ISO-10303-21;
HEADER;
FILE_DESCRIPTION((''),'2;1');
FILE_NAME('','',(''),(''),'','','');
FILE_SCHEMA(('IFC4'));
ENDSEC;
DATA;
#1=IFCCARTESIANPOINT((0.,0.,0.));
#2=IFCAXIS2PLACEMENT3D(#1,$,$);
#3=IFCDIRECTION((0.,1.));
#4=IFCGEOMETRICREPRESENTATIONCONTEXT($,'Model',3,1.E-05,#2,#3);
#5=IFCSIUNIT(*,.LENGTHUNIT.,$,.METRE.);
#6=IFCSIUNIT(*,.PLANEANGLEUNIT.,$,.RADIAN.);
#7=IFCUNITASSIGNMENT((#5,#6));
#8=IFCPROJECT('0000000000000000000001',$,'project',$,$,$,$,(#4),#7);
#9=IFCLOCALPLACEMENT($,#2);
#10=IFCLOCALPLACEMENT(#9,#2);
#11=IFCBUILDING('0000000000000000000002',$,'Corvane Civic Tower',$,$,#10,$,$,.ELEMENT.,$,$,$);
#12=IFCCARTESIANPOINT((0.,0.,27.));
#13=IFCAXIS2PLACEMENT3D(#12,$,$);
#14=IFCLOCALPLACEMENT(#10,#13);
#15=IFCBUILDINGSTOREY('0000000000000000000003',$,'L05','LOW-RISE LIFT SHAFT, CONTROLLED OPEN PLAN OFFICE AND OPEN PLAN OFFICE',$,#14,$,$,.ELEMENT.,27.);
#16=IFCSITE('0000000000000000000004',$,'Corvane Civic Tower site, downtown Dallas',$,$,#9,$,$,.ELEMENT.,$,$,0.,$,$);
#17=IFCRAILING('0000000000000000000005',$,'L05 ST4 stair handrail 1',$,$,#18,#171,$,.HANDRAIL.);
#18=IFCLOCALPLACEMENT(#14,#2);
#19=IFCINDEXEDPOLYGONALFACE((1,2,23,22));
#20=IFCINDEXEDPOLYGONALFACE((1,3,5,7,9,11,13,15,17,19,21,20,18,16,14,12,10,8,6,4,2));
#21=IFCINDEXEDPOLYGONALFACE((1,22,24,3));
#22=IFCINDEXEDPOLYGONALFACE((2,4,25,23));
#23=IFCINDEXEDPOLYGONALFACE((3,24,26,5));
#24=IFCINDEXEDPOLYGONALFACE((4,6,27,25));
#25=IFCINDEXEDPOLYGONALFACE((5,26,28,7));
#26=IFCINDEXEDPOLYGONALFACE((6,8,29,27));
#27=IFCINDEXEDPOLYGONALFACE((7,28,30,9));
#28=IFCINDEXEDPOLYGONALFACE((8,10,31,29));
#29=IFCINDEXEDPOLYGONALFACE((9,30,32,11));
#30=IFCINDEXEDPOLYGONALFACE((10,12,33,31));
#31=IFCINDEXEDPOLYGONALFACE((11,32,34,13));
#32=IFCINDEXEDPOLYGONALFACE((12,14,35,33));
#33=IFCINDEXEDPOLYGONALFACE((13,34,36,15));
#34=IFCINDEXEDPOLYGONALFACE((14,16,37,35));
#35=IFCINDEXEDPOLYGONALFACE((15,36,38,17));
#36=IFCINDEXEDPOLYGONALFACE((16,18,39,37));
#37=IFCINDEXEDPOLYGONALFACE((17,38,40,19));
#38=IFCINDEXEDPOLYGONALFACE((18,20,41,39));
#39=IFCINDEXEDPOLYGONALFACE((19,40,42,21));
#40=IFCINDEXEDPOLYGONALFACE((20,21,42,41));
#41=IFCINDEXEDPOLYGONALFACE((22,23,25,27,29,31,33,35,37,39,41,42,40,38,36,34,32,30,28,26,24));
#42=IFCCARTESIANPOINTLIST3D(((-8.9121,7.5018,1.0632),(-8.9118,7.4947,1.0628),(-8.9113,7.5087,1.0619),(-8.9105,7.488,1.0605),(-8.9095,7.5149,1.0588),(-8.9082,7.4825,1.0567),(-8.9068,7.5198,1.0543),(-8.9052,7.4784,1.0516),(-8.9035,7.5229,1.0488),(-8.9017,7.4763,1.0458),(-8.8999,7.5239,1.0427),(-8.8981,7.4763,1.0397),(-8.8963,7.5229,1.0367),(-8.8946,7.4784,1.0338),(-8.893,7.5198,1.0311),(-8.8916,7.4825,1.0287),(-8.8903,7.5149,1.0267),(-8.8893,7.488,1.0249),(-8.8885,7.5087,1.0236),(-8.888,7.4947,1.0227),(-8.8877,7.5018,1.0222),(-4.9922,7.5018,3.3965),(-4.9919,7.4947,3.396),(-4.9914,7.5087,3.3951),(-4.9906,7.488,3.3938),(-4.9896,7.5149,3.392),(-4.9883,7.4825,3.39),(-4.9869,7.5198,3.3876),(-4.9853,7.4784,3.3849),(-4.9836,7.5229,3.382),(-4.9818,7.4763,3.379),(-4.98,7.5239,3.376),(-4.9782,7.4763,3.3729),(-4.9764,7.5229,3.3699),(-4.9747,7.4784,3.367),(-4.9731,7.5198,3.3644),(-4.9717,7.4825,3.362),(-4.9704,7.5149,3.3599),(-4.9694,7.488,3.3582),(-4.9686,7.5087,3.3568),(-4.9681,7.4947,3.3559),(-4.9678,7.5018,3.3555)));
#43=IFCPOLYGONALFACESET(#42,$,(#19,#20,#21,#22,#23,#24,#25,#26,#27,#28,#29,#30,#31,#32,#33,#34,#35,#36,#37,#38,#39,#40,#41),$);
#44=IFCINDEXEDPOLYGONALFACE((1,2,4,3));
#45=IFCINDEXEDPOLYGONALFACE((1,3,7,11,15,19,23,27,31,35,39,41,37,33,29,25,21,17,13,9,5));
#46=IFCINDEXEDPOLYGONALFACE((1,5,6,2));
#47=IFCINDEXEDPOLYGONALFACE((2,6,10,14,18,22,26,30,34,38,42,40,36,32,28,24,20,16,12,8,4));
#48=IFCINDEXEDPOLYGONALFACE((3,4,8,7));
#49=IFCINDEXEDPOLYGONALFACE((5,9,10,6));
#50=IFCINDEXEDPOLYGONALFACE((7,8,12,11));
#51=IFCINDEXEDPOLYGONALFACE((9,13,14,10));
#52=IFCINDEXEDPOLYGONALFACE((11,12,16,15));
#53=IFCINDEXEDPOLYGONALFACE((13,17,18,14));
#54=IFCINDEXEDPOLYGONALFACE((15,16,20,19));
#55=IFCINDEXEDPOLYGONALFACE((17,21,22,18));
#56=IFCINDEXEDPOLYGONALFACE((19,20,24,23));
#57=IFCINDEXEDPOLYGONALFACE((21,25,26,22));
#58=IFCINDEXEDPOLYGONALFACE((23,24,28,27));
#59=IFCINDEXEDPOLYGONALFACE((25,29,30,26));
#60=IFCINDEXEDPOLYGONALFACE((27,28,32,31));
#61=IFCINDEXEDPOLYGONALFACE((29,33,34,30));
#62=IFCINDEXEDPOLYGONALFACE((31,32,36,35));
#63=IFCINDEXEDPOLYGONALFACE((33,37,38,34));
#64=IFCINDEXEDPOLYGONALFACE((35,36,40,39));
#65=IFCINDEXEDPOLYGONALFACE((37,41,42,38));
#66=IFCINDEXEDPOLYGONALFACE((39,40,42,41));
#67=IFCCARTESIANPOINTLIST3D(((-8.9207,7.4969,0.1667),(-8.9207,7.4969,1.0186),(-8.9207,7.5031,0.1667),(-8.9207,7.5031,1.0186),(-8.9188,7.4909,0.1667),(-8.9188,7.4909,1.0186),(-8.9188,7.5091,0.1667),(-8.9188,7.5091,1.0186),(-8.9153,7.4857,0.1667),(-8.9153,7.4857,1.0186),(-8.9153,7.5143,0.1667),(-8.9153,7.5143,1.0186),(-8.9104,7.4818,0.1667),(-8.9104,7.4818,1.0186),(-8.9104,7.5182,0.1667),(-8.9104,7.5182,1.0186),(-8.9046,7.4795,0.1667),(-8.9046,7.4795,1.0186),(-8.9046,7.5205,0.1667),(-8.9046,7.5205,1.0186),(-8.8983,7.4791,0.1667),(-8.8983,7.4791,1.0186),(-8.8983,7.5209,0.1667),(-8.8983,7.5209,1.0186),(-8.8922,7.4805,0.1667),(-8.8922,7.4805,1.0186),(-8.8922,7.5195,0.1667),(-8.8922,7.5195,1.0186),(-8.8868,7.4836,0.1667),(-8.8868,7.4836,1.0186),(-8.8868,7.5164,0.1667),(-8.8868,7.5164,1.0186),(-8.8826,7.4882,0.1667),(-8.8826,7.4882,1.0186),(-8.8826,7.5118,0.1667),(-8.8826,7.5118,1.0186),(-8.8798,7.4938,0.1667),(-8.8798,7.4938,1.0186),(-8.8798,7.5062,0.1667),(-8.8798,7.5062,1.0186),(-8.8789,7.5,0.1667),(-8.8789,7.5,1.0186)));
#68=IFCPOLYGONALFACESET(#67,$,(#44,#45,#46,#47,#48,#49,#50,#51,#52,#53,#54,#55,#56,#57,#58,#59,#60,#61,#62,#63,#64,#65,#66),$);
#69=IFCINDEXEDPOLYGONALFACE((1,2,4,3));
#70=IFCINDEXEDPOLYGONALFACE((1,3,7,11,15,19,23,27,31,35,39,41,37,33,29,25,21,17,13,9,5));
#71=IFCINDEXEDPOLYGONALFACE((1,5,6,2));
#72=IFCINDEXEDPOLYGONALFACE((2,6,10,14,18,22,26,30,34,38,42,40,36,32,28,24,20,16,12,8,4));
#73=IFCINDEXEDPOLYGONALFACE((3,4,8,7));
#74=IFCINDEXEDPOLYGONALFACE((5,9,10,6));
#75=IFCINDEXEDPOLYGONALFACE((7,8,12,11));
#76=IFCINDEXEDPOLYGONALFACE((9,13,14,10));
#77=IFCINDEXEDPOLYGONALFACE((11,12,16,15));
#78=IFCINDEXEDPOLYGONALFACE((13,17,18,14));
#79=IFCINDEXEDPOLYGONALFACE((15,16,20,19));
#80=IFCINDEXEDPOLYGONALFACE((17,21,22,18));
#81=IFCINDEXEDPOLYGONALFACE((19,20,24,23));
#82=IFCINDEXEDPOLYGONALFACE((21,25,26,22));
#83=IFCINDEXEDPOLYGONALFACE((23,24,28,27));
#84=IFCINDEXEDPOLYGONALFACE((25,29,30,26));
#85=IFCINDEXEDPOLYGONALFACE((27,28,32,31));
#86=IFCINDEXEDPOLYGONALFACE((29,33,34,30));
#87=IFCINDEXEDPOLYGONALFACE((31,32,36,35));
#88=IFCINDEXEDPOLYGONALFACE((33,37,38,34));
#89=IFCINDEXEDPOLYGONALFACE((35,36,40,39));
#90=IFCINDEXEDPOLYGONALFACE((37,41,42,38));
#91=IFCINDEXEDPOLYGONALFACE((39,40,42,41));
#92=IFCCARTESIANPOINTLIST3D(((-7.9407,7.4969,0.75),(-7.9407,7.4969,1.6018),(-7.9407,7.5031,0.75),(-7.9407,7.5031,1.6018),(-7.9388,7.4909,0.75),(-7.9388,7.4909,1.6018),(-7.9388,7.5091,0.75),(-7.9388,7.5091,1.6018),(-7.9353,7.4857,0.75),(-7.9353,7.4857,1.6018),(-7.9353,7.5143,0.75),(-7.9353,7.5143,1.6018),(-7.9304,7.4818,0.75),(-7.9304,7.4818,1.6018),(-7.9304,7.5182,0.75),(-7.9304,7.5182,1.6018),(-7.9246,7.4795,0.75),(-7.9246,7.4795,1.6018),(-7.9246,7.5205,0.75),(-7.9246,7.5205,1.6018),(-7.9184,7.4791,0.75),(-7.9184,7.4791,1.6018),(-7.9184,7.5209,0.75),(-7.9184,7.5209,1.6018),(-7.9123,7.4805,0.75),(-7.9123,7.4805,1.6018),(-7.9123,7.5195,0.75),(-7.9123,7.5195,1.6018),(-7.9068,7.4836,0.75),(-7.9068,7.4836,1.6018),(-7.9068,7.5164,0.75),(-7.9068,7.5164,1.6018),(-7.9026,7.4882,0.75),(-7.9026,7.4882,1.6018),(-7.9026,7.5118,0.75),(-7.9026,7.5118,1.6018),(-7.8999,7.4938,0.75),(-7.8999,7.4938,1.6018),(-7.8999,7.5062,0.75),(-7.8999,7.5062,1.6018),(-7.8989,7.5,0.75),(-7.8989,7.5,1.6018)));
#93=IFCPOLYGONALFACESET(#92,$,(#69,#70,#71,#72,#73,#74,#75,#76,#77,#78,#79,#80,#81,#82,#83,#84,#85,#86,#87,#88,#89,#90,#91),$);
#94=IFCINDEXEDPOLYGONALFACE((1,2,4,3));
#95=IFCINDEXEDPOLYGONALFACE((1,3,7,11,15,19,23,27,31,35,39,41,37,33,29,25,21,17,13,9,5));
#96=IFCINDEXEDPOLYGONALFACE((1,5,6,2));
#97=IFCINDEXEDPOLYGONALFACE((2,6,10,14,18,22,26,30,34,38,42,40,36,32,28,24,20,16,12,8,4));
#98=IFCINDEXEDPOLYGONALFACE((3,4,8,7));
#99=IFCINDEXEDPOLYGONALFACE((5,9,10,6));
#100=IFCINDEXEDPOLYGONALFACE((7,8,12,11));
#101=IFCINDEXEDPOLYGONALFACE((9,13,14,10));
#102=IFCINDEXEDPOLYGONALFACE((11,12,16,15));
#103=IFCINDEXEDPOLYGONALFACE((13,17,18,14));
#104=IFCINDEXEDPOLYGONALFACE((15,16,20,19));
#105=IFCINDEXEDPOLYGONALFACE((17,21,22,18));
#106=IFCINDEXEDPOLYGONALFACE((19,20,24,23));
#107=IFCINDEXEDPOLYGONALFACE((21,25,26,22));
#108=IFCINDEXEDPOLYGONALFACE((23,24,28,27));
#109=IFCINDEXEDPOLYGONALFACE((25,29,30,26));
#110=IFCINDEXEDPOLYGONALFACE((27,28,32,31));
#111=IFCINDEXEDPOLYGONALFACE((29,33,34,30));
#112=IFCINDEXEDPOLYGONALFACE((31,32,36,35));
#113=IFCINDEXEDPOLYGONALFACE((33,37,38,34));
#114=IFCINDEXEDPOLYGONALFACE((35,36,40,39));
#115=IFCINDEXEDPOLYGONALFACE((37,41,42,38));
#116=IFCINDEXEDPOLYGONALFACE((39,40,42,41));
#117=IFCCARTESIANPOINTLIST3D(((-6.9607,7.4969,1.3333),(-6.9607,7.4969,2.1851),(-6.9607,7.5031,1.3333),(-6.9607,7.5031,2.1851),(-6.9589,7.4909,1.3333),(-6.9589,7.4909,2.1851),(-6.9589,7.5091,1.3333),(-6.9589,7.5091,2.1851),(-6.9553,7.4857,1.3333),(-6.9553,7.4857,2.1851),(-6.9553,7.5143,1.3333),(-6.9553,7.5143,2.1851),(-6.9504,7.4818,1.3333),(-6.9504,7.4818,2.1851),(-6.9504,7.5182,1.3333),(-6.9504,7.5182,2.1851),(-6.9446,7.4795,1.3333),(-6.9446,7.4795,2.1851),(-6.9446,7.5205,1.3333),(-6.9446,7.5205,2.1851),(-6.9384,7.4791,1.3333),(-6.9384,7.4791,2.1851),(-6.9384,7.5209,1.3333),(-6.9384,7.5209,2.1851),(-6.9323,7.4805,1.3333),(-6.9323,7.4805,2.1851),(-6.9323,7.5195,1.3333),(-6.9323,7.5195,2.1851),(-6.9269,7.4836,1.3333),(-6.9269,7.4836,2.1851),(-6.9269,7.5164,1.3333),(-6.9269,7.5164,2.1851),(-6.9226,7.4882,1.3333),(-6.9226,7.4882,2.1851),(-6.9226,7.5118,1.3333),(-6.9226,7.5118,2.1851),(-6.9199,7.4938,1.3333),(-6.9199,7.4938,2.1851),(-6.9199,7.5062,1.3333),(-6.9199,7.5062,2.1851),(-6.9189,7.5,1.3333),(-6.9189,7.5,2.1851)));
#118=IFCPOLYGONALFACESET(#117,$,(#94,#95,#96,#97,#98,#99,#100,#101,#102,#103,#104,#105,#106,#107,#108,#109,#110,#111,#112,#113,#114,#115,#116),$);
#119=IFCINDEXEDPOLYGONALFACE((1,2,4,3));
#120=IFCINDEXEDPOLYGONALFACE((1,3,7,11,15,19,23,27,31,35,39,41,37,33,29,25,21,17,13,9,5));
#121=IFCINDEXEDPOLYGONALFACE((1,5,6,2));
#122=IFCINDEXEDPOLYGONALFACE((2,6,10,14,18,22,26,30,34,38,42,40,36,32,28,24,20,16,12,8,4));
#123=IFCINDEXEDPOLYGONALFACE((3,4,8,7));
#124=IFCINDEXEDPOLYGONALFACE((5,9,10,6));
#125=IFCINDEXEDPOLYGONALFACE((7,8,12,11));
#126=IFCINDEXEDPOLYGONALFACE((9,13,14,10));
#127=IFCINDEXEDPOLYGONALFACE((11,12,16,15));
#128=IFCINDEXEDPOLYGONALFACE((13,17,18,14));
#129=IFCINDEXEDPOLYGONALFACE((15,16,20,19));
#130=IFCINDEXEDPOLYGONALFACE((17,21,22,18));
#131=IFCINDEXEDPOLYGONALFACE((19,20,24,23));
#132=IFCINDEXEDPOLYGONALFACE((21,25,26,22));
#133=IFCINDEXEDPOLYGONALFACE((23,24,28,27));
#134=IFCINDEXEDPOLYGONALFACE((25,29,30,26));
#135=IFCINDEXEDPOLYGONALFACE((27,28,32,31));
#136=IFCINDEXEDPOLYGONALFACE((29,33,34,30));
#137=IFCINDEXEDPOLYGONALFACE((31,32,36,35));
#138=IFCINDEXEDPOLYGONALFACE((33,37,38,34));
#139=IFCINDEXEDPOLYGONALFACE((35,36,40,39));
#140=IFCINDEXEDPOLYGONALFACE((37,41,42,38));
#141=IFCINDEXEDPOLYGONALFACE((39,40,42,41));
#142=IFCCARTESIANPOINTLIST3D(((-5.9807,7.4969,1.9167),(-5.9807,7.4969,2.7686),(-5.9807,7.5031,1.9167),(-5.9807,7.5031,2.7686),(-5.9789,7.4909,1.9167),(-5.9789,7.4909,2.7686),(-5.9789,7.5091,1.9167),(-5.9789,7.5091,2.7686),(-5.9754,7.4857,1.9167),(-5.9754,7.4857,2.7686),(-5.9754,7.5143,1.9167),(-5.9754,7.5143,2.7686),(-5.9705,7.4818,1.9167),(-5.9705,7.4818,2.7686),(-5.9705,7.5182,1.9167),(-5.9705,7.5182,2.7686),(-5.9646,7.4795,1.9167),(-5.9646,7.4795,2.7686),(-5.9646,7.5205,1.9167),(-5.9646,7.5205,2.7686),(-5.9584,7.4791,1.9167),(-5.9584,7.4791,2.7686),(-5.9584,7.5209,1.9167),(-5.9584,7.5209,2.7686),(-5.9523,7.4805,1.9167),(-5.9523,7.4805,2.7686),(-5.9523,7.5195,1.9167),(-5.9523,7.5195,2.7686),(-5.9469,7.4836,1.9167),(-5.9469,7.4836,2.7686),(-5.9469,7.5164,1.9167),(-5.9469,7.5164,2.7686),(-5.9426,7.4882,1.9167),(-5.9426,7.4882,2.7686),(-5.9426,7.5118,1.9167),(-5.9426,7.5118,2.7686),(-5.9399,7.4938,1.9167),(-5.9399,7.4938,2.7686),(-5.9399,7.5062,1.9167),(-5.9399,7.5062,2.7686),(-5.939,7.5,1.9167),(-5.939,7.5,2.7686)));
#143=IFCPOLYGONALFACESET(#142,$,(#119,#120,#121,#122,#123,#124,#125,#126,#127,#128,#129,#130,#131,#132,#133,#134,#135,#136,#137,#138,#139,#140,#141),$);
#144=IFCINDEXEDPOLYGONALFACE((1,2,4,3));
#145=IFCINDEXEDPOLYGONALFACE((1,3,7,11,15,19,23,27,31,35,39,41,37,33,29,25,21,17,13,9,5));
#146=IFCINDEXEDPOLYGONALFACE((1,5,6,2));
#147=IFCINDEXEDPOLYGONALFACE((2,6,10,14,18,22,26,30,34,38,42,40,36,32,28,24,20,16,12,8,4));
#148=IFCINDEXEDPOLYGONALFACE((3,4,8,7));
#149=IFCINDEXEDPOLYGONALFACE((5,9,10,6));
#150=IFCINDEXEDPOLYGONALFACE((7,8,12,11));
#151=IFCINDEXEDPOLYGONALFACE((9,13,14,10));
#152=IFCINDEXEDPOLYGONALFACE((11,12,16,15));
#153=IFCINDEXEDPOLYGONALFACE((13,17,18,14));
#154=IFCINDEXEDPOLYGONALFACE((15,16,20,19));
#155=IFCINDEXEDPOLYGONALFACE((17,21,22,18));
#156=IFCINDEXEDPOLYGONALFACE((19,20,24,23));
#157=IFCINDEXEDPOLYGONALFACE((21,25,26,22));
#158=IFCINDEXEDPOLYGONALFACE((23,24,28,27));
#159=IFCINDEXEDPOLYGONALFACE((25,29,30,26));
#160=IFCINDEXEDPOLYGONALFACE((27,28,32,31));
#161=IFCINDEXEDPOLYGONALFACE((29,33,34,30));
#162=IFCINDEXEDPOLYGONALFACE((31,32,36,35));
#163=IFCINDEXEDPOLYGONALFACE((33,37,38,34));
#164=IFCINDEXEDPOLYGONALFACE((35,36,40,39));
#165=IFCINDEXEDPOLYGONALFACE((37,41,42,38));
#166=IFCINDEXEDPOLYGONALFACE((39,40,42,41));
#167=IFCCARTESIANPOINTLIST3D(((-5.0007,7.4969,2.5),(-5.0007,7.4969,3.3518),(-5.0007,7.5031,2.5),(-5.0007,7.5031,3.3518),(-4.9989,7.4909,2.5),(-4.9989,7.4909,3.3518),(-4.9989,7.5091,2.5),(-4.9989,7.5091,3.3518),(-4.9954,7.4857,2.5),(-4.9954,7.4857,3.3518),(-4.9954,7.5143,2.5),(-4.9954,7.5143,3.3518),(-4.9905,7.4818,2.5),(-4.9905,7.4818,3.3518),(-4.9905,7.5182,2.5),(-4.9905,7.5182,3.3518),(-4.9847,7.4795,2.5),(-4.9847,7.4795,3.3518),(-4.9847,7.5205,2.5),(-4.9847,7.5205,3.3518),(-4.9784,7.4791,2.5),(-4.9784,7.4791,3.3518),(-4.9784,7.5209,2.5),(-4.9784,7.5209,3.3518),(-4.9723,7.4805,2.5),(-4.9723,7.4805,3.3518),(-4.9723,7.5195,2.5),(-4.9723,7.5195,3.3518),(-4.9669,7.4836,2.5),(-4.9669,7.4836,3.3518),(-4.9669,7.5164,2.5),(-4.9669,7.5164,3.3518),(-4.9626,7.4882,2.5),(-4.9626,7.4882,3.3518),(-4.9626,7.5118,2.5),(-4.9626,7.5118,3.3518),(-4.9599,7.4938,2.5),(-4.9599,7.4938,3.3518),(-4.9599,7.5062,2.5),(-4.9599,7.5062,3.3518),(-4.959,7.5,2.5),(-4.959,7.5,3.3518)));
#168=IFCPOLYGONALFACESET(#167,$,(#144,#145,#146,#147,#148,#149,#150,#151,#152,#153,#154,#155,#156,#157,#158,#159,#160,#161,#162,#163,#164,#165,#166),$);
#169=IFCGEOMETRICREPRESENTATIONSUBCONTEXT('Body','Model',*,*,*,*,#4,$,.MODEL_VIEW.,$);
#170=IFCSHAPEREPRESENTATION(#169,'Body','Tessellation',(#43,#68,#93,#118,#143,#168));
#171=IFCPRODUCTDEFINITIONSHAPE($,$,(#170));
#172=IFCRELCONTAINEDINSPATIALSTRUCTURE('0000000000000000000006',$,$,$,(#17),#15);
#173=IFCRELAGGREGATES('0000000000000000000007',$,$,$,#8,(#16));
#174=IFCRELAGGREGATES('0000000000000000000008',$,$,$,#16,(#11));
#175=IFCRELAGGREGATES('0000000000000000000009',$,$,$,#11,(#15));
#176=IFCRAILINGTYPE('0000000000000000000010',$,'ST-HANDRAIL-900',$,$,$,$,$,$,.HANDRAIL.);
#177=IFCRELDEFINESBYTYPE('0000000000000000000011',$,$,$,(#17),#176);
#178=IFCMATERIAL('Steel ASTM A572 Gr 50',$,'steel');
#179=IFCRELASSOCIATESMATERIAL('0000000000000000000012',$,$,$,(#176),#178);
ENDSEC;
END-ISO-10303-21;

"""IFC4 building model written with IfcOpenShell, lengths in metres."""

from ifc_helpers import new_model, si_unit, direction, frame, origin, origin_2d, place, context, subcontext, project, spatial, circle, extrude, material, type_object, element, save


model = new_model("IFC4")

# Units and contexts
model_context = context("Model", 3, precision=1e-05, world=origin(), true_north=direction((0.0, 1.0)))
body_context = subcontext(model_context, "Body", "Model", "MODEL_VIEW")
ifc_project = project(units=[si_unit("LENGTHUNIT", "METRE"), si_unit("PLANEANGLEUNIT", "RADIAN")], contexts=[model_context])

# Site, building, storey
site_placement = place(None, origin())
site = spatial("IfcSite", under=ifc_project, at=site_placement, Name="Corvane Civic Tower site, downtown Dallas", CompositionType="ELEMENT", RefElevation=0.0)
building_placement = place(site_placement, origin())
building = spatial("IfcBuilding", under=site, at=building_placement, Name="Corvane Civic Tower", CompositionType="ELEMENT")
storey_placement = place(building_placement, frame((0.0, 0.0, 27.0)))
storey = spatial("IfcBuildingStorey", under=building, at=storey_placement, Name="L05", Description="LOW-RISE LIFT SHAFT, CONTROLLED OPEN PLAN OFFICE AND OPEN PLAN OFFICE", CompositionType="ELEMENT", Elevation=27.0)

# Railing
ifc_material_1 = material(Name="Steel ASTM A572 Gr 50", Category="steel")
railing_type_1 = type_object("IfcRailingType", Name="ST-HANDRAIL-900", PredefinedType="HANDRAIL", material=ifc_material_1)
railing_1_placement = place(storey_placement, frame((-8.8999, 7.5, 0.1667)))
element("IfcRailing", 1, at=railing_1_placement, inside=storey, type_object=railing_type_1, Name="L05 ST4 stair handrail 1", PredefinedType="HANDRAIL", context=body_context, shape_type="SweptSolid", body=[
    extrude(circle(Radius=0.0239, at=origin_2d()), frame((0.0, 0.0, 0.876), z_axis=(0.859296, 0.0, 0.511478), x_axis=(0.0, 1.0, 0.0)), (0.0, 0.0, 1.0), 4.5618),
    extrude(circle(Radius=0.021, at=origin_2d()), origin(), (0.0, 0.0, 1.0), 0.8518),
    extrude(circle(Radius=0.021, at=origin_2d()), frame((0.98, 0.0, 0.5833)), (0.0, 0.0, 1.0), 0.8518),
    extrude(circle(Radius=0.021, at=origin_2d()), frame((1.96, 0.0, 1.1665)), (0.0, 0.0, 1.0), 0.8518),
    extrude(circle(Radius=0.021, at=origin_2d()), frame((2.9399, 0.0, 1.75)), (0.0, 0.0, 1.0), 0.8518),
    extrude(circle(Radius=0.021, at=origin_2d()), frame((3.9199, 0.0, 2.3333)), (0.0, 0.0, 1.0), 0.8518),
])

save(model, "model.ifc")
